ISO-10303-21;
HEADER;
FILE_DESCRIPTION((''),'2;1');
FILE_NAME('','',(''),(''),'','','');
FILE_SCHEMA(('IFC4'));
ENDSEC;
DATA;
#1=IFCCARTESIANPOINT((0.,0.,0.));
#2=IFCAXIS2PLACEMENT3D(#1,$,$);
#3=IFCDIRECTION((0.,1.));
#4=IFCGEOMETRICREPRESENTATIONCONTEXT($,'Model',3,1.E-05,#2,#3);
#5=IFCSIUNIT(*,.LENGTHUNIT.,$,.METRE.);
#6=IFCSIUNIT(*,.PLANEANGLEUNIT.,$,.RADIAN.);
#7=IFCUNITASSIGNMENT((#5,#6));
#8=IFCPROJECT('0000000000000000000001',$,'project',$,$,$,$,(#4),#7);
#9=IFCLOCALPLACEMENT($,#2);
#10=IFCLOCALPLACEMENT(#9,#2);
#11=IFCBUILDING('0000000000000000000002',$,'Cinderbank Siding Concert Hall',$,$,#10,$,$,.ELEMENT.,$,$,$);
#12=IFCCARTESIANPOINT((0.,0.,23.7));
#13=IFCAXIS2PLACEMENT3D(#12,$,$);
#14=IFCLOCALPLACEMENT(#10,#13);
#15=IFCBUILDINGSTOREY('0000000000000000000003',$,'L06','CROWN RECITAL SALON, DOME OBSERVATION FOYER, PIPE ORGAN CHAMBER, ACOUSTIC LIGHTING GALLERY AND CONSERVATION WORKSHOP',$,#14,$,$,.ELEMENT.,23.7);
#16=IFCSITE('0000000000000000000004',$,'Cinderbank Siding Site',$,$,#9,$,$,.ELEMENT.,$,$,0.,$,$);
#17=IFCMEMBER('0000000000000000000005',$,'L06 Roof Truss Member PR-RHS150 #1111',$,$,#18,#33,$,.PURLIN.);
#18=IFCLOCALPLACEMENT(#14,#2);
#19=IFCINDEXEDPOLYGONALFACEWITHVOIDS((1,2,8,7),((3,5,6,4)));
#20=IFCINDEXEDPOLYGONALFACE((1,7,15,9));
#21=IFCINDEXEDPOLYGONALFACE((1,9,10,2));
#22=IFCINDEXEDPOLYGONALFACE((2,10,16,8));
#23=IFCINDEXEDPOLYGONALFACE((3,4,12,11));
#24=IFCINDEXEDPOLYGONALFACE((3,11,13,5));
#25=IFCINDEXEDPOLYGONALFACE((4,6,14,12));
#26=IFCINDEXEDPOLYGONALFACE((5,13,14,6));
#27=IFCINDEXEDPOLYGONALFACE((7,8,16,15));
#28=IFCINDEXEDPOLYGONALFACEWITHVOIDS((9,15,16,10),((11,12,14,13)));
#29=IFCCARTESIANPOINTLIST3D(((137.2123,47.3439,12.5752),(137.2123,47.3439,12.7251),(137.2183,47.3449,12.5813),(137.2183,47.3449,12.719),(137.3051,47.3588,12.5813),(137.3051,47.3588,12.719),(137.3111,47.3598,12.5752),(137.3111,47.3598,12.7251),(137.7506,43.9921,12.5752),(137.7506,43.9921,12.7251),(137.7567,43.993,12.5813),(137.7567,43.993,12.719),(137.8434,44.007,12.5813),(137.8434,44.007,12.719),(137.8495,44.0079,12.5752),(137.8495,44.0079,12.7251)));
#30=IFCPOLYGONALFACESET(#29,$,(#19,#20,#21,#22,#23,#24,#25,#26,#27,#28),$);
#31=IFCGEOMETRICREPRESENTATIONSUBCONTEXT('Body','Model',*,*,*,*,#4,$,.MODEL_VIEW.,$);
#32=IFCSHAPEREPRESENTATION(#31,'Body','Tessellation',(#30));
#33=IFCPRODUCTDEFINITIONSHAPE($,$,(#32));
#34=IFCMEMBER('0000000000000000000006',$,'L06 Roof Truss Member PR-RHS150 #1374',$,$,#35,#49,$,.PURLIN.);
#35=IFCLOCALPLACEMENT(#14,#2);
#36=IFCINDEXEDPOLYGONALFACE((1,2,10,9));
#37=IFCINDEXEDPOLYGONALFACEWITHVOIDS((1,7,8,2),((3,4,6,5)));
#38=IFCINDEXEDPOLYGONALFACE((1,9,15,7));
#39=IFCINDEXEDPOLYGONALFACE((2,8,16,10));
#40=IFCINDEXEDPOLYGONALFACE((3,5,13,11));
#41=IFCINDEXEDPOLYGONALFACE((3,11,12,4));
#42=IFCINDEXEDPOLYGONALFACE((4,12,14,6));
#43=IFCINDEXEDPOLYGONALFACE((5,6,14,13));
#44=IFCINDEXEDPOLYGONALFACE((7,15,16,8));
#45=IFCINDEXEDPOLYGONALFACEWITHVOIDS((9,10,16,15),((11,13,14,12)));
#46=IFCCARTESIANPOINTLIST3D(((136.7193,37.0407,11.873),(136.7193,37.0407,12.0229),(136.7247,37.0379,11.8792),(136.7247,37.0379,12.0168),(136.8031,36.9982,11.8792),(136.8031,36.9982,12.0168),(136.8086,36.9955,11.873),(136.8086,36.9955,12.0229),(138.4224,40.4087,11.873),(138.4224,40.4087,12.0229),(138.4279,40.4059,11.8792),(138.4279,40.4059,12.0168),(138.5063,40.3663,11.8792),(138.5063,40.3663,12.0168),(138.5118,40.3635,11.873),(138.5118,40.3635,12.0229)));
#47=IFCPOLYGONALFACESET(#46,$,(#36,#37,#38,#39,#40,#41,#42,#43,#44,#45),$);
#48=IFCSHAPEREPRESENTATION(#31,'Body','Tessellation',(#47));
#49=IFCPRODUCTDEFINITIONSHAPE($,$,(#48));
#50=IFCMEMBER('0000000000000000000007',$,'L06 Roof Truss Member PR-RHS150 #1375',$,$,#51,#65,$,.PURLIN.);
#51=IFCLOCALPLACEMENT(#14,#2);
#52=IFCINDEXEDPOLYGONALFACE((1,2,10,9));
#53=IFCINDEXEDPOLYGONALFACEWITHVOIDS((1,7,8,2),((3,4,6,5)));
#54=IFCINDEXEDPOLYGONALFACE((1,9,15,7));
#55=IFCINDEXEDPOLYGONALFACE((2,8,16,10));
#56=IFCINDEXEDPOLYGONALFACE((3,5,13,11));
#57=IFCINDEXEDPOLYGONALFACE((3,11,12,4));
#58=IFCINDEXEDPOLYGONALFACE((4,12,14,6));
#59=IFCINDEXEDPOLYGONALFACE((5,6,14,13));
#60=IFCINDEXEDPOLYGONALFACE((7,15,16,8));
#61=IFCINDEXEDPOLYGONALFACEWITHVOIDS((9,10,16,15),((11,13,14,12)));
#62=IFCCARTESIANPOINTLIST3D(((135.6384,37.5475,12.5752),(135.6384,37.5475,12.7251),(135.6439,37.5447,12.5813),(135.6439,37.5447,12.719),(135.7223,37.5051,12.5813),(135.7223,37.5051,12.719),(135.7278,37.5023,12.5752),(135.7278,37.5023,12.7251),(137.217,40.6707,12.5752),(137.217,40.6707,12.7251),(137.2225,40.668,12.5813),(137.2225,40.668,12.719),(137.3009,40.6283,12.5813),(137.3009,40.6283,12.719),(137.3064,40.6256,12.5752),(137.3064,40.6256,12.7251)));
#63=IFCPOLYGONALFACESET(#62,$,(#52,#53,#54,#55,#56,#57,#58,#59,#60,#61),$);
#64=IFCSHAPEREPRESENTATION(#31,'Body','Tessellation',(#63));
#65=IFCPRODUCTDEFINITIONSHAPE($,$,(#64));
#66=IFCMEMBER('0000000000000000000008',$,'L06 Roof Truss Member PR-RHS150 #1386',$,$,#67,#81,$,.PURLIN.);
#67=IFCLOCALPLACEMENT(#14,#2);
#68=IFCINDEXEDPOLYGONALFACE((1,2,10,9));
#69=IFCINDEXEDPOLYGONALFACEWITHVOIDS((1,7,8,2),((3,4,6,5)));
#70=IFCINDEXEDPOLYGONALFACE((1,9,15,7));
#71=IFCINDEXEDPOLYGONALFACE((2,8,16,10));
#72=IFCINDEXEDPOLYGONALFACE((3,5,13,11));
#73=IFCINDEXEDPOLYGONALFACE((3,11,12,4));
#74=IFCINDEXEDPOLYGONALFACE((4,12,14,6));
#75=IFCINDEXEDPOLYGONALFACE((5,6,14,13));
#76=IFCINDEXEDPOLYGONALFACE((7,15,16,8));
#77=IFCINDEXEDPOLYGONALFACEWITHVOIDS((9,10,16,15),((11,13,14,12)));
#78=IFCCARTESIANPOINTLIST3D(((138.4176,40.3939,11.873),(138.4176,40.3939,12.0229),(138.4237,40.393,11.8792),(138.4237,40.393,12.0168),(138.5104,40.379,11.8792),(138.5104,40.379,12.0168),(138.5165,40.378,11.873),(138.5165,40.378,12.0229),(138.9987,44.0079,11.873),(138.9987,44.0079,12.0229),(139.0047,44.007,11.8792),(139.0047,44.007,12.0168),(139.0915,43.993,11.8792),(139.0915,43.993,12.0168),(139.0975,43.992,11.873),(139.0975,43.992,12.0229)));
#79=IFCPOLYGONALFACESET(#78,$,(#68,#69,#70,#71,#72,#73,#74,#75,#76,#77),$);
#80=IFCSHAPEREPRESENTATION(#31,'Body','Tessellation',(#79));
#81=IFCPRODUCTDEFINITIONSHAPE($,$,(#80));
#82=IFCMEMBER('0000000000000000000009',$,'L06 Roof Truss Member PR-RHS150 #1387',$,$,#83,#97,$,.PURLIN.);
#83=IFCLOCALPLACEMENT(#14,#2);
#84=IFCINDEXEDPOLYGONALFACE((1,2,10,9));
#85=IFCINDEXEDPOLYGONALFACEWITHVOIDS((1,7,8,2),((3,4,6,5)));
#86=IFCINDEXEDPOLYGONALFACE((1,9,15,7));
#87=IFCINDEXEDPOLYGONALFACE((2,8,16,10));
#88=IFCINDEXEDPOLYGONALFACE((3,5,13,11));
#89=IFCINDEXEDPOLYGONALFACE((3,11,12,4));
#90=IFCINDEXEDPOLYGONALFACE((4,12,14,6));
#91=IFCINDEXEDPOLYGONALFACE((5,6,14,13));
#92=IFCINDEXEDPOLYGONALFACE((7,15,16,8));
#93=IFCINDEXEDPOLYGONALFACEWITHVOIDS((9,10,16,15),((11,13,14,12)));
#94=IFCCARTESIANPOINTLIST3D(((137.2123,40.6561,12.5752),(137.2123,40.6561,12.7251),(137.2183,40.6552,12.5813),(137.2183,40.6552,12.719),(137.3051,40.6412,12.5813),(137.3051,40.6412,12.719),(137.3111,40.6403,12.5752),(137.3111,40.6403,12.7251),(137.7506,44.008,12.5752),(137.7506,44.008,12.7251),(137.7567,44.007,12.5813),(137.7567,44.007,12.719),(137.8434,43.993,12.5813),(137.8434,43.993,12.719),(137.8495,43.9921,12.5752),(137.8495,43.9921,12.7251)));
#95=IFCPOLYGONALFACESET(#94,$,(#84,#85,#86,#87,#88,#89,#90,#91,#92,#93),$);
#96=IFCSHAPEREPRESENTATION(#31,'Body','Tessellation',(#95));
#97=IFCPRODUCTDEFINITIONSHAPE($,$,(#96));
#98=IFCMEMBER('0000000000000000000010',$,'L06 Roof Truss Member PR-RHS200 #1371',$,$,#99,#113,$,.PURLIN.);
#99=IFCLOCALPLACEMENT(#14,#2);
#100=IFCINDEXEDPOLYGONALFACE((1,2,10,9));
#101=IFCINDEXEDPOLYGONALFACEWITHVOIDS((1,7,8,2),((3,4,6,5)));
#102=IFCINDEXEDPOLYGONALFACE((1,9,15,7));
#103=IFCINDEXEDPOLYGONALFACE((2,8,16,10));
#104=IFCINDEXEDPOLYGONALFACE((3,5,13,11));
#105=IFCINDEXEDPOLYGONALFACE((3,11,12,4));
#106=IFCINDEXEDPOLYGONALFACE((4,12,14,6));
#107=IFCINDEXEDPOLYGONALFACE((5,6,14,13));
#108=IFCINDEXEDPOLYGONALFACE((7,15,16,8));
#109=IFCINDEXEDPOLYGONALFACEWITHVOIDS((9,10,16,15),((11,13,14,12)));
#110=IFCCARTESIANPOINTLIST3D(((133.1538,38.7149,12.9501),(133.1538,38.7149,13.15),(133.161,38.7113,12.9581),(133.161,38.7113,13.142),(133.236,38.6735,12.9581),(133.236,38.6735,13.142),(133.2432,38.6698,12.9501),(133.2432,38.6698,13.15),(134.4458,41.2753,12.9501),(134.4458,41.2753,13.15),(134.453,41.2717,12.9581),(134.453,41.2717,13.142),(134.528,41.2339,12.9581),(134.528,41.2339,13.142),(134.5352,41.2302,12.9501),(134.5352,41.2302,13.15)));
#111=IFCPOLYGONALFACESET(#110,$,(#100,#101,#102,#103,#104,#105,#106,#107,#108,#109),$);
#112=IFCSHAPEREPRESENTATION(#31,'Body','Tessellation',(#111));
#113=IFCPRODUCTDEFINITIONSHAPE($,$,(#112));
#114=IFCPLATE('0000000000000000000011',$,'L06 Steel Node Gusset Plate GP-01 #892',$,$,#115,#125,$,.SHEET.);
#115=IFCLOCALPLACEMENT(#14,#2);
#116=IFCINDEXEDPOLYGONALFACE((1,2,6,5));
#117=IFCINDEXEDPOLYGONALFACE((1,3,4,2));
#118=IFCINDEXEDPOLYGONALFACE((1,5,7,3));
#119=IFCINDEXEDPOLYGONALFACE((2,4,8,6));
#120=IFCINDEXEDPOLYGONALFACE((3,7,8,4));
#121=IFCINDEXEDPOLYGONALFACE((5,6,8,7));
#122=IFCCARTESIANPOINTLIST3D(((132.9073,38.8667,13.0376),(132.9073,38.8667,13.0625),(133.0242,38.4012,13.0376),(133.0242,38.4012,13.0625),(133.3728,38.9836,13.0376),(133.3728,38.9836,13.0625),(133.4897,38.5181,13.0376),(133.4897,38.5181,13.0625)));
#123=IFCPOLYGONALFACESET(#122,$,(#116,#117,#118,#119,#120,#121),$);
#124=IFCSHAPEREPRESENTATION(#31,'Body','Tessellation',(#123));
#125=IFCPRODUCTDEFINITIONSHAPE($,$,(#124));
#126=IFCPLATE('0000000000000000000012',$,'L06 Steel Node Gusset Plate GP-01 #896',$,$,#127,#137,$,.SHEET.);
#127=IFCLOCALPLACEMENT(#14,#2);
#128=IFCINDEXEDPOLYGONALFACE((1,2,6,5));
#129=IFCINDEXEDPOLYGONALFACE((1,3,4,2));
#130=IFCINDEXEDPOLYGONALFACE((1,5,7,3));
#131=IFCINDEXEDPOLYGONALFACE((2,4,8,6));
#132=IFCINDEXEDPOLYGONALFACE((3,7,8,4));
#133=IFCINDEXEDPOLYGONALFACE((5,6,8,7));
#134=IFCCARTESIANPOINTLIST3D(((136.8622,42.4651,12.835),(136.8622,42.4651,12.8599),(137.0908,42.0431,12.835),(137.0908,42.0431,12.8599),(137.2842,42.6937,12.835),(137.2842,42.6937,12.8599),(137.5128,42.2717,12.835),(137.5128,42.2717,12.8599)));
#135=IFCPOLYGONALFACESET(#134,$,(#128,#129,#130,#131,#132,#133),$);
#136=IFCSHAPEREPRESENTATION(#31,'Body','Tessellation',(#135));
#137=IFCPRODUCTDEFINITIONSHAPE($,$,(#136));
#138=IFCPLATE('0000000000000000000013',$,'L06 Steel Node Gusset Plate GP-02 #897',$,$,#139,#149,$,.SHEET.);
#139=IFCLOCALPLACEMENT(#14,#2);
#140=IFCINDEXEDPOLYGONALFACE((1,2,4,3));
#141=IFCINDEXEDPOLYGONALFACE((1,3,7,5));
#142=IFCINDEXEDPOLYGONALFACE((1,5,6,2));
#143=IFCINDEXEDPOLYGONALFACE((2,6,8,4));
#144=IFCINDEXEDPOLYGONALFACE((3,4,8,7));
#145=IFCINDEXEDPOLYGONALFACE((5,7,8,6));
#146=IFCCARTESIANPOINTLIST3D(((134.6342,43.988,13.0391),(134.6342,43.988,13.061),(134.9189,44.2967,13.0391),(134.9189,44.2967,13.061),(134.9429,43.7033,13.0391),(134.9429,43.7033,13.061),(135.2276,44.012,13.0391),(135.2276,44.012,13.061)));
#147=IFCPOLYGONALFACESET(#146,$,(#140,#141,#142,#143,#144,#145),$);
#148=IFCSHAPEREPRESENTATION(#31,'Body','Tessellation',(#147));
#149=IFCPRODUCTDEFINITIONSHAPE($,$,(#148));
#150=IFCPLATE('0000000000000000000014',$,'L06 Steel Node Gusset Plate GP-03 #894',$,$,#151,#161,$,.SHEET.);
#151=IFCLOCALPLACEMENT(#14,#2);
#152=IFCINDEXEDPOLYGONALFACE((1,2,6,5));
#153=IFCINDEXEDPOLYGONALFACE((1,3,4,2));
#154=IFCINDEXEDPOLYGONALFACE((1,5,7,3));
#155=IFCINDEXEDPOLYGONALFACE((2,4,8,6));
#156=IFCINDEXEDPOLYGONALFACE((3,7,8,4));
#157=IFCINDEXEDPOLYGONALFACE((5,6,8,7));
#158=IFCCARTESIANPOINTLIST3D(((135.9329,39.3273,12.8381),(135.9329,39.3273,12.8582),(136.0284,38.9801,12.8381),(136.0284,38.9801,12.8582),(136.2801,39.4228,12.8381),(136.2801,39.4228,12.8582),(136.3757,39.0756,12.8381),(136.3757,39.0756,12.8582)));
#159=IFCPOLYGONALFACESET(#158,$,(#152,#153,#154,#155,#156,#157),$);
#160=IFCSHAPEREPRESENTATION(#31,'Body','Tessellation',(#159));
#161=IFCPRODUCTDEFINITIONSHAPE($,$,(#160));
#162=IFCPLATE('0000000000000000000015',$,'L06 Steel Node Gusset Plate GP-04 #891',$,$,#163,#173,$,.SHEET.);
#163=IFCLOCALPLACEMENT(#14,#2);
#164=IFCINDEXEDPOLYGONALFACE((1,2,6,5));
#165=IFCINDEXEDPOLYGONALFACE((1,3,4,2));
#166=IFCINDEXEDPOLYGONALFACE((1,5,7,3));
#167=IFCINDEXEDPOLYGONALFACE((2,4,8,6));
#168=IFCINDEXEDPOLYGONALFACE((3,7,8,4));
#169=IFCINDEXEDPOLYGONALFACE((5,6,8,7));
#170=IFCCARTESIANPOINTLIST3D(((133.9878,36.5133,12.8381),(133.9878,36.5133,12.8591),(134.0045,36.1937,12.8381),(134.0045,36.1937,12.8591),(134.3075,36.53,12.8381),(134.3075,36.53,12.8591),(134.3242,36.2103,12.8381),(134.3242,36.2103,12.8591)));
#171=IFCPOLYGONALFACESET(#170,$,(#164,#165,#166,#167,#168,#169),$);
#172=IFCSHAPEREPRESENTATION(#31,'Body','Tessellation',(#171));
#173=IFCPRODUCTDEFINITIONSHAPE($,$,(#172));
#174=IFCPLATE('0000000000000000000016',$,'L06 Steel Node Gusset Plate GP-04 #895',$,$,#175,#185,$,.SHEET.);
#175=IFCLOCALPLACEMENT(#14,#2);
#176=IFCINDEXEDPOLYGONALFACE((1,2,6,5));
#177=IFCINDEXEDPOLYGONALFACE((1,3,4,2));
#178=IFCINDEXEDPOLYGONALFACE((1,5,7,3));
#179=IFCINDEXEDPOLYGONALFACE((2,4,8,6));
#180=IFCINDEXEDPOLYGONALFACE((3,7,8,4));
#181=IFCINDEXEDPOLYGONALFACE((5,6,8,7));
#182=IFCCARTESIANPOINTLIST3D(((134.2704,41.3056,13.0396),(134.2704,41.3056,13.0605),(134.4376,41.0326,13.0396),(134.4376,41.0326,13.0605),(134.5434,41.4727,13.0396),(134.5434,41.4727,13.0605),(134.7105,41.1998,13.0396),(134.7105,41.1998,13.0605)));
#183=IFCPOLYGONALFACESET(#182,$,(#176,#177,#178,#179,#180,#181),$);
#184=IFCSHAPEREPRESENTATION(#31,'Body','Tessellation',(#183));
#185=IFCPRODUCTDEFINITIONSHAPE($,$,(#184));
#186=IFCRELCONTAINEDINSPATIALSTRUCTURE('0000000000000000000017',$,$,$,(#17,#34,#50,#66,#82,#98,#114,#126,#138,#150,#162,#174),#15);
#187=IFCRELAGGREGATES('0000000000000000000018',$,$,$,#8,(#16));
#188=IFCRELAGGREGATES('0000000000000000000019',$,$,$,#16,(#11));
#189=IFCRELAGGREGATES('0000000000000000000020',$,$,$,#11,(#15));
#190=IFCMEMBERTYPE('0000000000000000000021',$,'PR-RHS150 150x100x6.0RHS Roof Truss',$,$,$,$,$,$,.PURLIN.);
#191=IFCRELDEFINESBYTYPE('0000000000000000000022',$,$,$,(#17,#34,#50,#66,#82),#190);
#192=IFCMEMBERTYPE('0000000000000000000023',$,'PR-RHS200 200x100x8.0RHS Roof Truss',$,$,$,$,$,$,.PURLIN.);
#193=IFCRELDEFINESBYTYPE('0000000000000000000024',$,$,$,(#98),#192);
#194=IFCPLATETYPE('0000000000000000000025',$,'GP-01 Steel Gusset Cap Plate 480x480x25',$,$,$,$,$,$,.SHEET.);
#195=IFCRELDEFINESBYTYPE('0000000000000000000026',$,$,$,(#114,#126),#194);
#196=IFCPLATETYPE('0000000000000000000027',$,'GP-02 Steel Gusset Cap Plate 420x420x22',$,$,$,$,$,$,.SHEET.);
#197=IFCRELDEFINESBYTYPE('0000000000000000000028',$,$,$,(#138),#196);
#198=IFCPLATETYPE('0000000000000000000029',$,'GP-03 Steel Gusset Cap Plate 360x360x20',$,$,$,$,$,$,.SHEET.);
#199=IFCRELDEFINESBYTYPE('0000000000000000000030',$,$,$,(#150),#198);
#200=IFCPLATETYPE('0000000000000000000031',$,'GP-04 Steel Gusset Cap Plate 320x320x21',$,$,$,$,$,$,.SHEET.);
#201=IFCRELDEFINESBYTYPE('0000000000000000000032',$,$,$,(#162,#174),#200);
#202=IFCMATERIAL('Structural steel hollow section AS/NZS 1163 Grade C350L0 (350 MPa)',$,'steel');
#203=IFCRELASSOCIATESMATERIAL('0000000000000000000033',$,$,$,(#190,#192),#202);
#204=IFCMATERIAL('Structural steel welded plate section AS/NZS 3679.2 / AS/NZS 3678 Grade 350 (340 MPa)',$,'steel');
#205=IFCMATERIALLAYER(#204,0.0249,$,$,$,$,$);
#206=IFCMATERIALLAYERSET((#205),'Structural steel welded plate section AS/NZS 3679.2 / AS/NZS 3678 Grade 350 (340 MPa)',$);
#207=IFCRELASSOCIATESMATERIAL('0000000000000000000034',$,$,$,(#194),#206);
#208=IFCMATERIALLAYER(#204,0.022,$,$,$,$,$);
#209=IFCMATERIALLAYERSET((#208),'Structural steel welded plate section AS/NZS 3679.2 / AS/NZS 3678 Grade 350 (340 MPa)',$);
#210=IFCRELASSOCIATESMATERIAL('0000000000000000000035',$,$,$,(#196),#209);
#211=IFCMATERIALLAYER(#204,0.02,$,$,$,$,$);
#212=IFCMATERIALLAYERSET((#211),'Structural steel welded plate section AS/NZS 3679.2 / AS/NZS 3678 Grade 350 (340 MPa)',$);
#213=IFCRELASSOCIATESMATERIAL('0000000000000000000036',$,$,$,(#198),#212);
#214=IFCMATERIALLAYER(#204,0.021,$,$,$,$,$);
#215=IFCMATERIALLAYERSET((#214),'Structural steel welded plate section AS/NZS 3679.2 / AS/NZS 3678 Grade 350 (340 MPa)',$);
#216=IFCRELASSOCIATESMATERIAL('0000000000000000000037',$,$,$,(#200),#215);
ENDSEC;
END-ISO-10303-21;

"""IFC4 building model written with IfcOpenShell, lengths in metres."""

from ifc_helpers import new_model, si_unit, direction, frame, origin, origin_2d, place, context, subcontext, project, spatial, rectangle, hollow_rectangle, extrude, material, layer, layer_set, material_profile, profile_set, type_object, element, save


model = new_model("IFC4")

# Units and contexts
model_context = context("Model", 3, precision=1e-05, world=origin(), true_north=direction((0.0, 1.0)))
body_context = subcontext(model_context, "Body", "Model", "MODEL_VIEW")
ifc_project = project(units=[si_unit("LENGTHUNIT", "METRE"), si_unit("PLANEANGLEUNIT", "RADIAN")], contexts=[model_context])

# Site, building, storey
site_placement = place(None, origin())
site = spatial("IfcSite", under=ifc_project, at=site_placement, Name="Cinderbank Siding Site", CompositionType="ELEMENT", RefElevation=0.0)
building_placement = place(site_placement, origin())
building = spatial("IfcBuilding", under=site, at=building_placement, Name="Cinderbank Siding Concert Hall", CompositionType="ELEMENT")
storey_placement = place(building_placement, frame((0.0, 0.0, 23.7)))
storey = spatial("IfcBuildingStorey", under=building, at=storey_placement, Name="L06", Description="CROWN RECITAL SALON, DOME OBSERVATION FOYER, PIPE ORGAN CHAMBER, ACOUSTIC LIGHTING GALLERY AND CONSERVATION WORKSHOP", CompositionType="ELEMENT", Elevation=23.7)

# Members
ifc_material_1 = material(Name="Structural steel hollow section AS/NZS 1163 Grade C350L0 (350 MPa)", Category="steel")
ifc_material_profile_1 = material_profile(ifc_material_1, hollow_rectangle(XDim=0.1001, YDim=0.1499, WallThickness=0.0061, at=origin_2d()), Name="150x100x6.0RHS", Category="LoadBearing")
ifc_profile_set_1 = profile_set([ifc_material_profile_1], Name="Structural steel hollow section AS/NZS 1163 Grade C350L0 (350 MPa)")
member_type_1 = type_object("IfcMemberType", Name="PR-RHS150 150x100x6.0RHS Roof Truss", PredefinedType="PURLIN", material=ifc_profile_set_1)
member_1_placement = place(storey_placement, frame((137.8, 44.0, 12.6501), z_axis=(-0.158577, 0.987347, 0.0), x_axis=(-0.987347, -0.158577, 0.0)))
element("IfcMember", 1, at=member_1_placement, inside=storey, type_object=member_type_1, Name="L06 Roof Truss Member PR-RHS150 #1111", PredefinedType="PURLIN", context=body_context, shape_type="SweptSolid", body=[
    extrude(hollow_rectangle(XDim=0.1001, YDim=0.1499, WallThickness=0.0061, at=origin_2d()), origin(), (0.0, 0.0, 1.0), 3.3948),
])
member_2_placement = place(storey_placement, frame((136.7639, 37.0181, 11.948), z_axis=(0.451271, 0.892387, 0.0), x_axis=(-0.892387, 0.451271, 0.0)))
element("IfcMember", 2, at=member_2_placement, inside=storey, type_object=member_type_1, Name="L06 Roof Truss Member PR-RHS150 #1374", PredefinedType="PURLIN", context=body_context, shape_type="SweptSolid", body=[
    extrude(hollow_rectangle(XDim=0.1001, YDim=0.1499, WallThickness=0.0061, at=origin_2d()), origin(), (0.0, 0.0, 1.0), 3.7742),
])
member_3_placement = place(storey_placement, frame((135.6831, 37.5249, 12.6501), z_axis=(0.451088, 0.892479, 0.0), x_axis=(-0.892479, 0.451088, 0.0)))
element("IfcMember", 3, at=member_3_placement, inside=storey, type_object=member_type_1, Name="L06 Roof Truss Member PR-RHS150 #1375", PredefinedType="PURLIN", context=body_context, shape_type="SweptSolid", body=[
    extrude(hollow_rectangle(XDim=0.1001, YDim=0.1499, WallThickness=0.0061, at=origin_2d()), origin(), (0.0, 0.0, 1.0), 3.4995),
])
member_4_placement = place(storey_placement, frame((138.467, 40.386, 11.948), z_axis=(0.15874, 0.98732, 0.0), x_axis=(-0.98732, 0.15874, 0.0)))
element("IfcMember", 4, at=member_4_placement, inside=storey, type_object=member_type_1, Name="L06 Roof Truss Member PR-RHS150 #1386", PredefinedType="PURLIN", context=body_context, shape_type="SweptSolid", body=[
    extrude(hollow_rectangle(XDim=0.1001, YDim=0.1499, WallThickness=0.0061, at=origin_2d()), origin(), (0.0, 0.0, 1.0), 3.6604),
])
member_5_placement = place(storey_placement, frame((137.2617, 40.6482, 12.6501), z_axis=(0.158577, 0.987347, 0.0), x_axis=(-0.987347, 0.158577, 0.0)))
element("IfcMember", 5, at=member_5_placement, inside=storey, type_object=member_type_1, Name="L06 Roof Truss Member PR-RHS150 #1387", PredefinedType="PURLIN", context=body_context, shape_type="SweptSolid", body=[
    extrude(hollow_rectangle(XDim=0.1001, YDim=0.1499, WallThickness=0.0061, at=origin_2d()), origin(), (0.0, 0.0, 1.0), 3.3948),
])
ifc_material_profile_2 = material_profile(ifc_material_1, hollow_rectangle(XDim=0.1001, YDim=0.2, WallThickness=0.0081, at=origin_2d()), Name="200x100x8.0RHS", Category="LoadBearing")
ifc_profile_set_2 = profile_set([ifc_material_profile_2], Name="Structural steel hollow section AS/NZS 1163 Grade C350L0 (350 MPa)")
member_type_2 = type_object("IfcMemberType", Name="PR-RHS200 200x100x8.0RHS Roof Truss", PredefinedType="PURLIN", material=ifc_profile_set_2)
member_6_placement = place(storey_placement, frame((133.1985, 38.6924, 13.05), z_axis=(0.450514, 0.89277, 0.0), x_axis=(-0.89277, 0.450514, 0.0)))
element("IfcMember", 6, at=member_6_placement, inside=storey, type_object=member_type_2, Name="L06 Roof Truss Member PR-RHS200 #1371", PredefinedType="PURLIN", context=body_context, shape_type="SweptSolid", body=[
    extrude(hollow_rectangle(XDim=0.1001, YDim=0.2, WallThickness=0.0081, at=origin_2d()), origin(), (0.0, 0.0, 1.0), 2.8679),
])

# Plates
ifc_material_2 = material(Name="Structural steel welded plate section AS/NZS 3679.2 / AS/NZS 3678 Grade 350 (340 MPa)", Category="steel")
ifc_layer_1 = layer(ifc_material_2, 0.0249)
ifc_layer_set_1 = layer_set([ifc_layer_1], Name="Structural steel welded plate section AS/NZS 3679.2 / AS/NZS 3678 Grade 350 (340 MPa)")
plate_type_1 = type_object("IfcPlateType", Name="GP-01 Steel Gusset Cap Plate 480x480x25", PredefinedType="SHEET", material=ifc_layer_set_1)
for number, where, z_axis, x_axis, name in (
    (7, (133.1985, 38.6924, 13.0376), (0.0, 0.0, 1.0), (-0.243615, 0.969872, 0.0), "L06 Steel Node Gusset Plate GP-01 #892"),
    (8, (137.1875, 42.3684, 12.835), (0.0, 0.0, 1.0), (-0.879316, -0.476238, 0.0), "L06 Steel Node Gusset Plate GP-01 #896"),
):
    element("IfcPlate", number, at=place(storey_placement, frame(where, z_axis=z_axis, x_axis=x_axis)), inside=storey, type_object=plate_type_1, Name=name, PredefinedType="SHEET", context=body_context, shape_type="SweptSolid", body=[
        extrude(rectangle(XDim=0.48, YDim=0.48, at=origin_2d()), origin(), (0.0, 0.0, 1.0), 0.0249),
    ])
ifc_layer_2 = layer(ifc_material_2, 0.022)
ifc_layer_set_2 = layer_set([ifc_layer_2], Name="Structural steel welded plate section AS/NZS 3679.2 / AS/NZS 3678 Grade 350 (340 MPa)")
plate_type_2 = type_object("IfcPlateType", Name="GP-02 Steel Gusset Cap Plate 420x420x22", PredefinedType="SHEET", material=ifc_layer_set_2)
plate_1_placement = place(storey_placement, frame((134.9309, 44.0, 13.0391), z_axis=(0.0, 0.0, 1.0), x_axis=(-0.735033, 0.678031, 0.0)))
element("IfcPlate", 9, at=plate_1_placement, inside=storey, type_object=plate_type_2, Name="L06 Steel Node Gusset Plate GP-02 #897", PredefinedType="SHEET", context=body_context, shape_type="SweptSolid", body=[
    extrude(rectangle(XDim=0.4199, YDim=0.4199, at=origin_2d()), origin(), (0.0, 0.0, 1.0), 0.022),
])
ifc_layer_3 = layer(ifc_material_2, 0.02)
ifc_layer_set_3 = layer_set([ifc_layer_3], Name="Structural steel welded plate section AS/NZS 3679.2 / AS/NZS 3678 Grade 350 (340 MPa)")
plate_type_3 = type_object("IfcPlateType", Name="GP-03 Steel Gusset Cap Plate 360x360x20", PredefinedType="SHEET", material=ifc_layer_set_3)
plate_2_placement = place(storey_placement, frame((136.1543, 39.2014, 12.8381), z_axis=(0.0, 0.0, 1.0), x_axis=(-0.964188, -0.26522, 0.0)))
element("IfcPlate", 10, at=plate_2_placement, inside=storey, type_object=plate_type_3, Name="L06 Steel Node Gusset Plate GP-03 #894", PredefinedType="SHEET", context=body_context, shape_type="SweptSolid", body=[
    extrude(rectangle(XDim=0.3601, YDim=0.3601, at=origin_2d()), origin(), (0.0, 0.0, 1.0), 0.02),
])
ifc_layer_4 = layer(ifc_material_2, 0.021)
ifc_layer_set_4 = layer_set([ifc_layer_4], Name="Structural steel welded plate section AS/NZS 3679.2 / AS/NZS 3678 Grade 350 (340 MPa)")
plate_type_4 = type_object("IfcPlateType", Name="GP-04 Steel Gusset Cap Plate 320x320x21", PredefinedType="SHEET", material=ifc_layer_set_4)
for number, where, z_axis, x_axis, name in (
    (11, (134.156, 36.3618, 12.8381), (0.0, 0.0, 1.0), (-0.998639, -0.052162, 0.0), "L06 Steel Node Gusset Plate GP-04 #891"),
    (12, (134.4905, 41.2527, 13.0396), (0.0, 0.0, 1.0), (-0.522201, 0.852822, 0.0), "L06 Steel Node Gusset Plate GP-04 #895"),
):
    element("IfcPlate", number, at=place(storey_placement, frame(where, z_axis=z_axis, x_axis=x_axis)), inside=storey, type_object=plate_type_4, Name=name, PredefinedType="SHEET", context=body_context, shape_type="SweptSolid", body=[
        extrude(rectangle(XDim=0.3201, YDim=0.3201, at=origin_2d()), origin(), (0.0, 0.0, 1.0), 0.021),
    ])

save(model, "model.ifc")
